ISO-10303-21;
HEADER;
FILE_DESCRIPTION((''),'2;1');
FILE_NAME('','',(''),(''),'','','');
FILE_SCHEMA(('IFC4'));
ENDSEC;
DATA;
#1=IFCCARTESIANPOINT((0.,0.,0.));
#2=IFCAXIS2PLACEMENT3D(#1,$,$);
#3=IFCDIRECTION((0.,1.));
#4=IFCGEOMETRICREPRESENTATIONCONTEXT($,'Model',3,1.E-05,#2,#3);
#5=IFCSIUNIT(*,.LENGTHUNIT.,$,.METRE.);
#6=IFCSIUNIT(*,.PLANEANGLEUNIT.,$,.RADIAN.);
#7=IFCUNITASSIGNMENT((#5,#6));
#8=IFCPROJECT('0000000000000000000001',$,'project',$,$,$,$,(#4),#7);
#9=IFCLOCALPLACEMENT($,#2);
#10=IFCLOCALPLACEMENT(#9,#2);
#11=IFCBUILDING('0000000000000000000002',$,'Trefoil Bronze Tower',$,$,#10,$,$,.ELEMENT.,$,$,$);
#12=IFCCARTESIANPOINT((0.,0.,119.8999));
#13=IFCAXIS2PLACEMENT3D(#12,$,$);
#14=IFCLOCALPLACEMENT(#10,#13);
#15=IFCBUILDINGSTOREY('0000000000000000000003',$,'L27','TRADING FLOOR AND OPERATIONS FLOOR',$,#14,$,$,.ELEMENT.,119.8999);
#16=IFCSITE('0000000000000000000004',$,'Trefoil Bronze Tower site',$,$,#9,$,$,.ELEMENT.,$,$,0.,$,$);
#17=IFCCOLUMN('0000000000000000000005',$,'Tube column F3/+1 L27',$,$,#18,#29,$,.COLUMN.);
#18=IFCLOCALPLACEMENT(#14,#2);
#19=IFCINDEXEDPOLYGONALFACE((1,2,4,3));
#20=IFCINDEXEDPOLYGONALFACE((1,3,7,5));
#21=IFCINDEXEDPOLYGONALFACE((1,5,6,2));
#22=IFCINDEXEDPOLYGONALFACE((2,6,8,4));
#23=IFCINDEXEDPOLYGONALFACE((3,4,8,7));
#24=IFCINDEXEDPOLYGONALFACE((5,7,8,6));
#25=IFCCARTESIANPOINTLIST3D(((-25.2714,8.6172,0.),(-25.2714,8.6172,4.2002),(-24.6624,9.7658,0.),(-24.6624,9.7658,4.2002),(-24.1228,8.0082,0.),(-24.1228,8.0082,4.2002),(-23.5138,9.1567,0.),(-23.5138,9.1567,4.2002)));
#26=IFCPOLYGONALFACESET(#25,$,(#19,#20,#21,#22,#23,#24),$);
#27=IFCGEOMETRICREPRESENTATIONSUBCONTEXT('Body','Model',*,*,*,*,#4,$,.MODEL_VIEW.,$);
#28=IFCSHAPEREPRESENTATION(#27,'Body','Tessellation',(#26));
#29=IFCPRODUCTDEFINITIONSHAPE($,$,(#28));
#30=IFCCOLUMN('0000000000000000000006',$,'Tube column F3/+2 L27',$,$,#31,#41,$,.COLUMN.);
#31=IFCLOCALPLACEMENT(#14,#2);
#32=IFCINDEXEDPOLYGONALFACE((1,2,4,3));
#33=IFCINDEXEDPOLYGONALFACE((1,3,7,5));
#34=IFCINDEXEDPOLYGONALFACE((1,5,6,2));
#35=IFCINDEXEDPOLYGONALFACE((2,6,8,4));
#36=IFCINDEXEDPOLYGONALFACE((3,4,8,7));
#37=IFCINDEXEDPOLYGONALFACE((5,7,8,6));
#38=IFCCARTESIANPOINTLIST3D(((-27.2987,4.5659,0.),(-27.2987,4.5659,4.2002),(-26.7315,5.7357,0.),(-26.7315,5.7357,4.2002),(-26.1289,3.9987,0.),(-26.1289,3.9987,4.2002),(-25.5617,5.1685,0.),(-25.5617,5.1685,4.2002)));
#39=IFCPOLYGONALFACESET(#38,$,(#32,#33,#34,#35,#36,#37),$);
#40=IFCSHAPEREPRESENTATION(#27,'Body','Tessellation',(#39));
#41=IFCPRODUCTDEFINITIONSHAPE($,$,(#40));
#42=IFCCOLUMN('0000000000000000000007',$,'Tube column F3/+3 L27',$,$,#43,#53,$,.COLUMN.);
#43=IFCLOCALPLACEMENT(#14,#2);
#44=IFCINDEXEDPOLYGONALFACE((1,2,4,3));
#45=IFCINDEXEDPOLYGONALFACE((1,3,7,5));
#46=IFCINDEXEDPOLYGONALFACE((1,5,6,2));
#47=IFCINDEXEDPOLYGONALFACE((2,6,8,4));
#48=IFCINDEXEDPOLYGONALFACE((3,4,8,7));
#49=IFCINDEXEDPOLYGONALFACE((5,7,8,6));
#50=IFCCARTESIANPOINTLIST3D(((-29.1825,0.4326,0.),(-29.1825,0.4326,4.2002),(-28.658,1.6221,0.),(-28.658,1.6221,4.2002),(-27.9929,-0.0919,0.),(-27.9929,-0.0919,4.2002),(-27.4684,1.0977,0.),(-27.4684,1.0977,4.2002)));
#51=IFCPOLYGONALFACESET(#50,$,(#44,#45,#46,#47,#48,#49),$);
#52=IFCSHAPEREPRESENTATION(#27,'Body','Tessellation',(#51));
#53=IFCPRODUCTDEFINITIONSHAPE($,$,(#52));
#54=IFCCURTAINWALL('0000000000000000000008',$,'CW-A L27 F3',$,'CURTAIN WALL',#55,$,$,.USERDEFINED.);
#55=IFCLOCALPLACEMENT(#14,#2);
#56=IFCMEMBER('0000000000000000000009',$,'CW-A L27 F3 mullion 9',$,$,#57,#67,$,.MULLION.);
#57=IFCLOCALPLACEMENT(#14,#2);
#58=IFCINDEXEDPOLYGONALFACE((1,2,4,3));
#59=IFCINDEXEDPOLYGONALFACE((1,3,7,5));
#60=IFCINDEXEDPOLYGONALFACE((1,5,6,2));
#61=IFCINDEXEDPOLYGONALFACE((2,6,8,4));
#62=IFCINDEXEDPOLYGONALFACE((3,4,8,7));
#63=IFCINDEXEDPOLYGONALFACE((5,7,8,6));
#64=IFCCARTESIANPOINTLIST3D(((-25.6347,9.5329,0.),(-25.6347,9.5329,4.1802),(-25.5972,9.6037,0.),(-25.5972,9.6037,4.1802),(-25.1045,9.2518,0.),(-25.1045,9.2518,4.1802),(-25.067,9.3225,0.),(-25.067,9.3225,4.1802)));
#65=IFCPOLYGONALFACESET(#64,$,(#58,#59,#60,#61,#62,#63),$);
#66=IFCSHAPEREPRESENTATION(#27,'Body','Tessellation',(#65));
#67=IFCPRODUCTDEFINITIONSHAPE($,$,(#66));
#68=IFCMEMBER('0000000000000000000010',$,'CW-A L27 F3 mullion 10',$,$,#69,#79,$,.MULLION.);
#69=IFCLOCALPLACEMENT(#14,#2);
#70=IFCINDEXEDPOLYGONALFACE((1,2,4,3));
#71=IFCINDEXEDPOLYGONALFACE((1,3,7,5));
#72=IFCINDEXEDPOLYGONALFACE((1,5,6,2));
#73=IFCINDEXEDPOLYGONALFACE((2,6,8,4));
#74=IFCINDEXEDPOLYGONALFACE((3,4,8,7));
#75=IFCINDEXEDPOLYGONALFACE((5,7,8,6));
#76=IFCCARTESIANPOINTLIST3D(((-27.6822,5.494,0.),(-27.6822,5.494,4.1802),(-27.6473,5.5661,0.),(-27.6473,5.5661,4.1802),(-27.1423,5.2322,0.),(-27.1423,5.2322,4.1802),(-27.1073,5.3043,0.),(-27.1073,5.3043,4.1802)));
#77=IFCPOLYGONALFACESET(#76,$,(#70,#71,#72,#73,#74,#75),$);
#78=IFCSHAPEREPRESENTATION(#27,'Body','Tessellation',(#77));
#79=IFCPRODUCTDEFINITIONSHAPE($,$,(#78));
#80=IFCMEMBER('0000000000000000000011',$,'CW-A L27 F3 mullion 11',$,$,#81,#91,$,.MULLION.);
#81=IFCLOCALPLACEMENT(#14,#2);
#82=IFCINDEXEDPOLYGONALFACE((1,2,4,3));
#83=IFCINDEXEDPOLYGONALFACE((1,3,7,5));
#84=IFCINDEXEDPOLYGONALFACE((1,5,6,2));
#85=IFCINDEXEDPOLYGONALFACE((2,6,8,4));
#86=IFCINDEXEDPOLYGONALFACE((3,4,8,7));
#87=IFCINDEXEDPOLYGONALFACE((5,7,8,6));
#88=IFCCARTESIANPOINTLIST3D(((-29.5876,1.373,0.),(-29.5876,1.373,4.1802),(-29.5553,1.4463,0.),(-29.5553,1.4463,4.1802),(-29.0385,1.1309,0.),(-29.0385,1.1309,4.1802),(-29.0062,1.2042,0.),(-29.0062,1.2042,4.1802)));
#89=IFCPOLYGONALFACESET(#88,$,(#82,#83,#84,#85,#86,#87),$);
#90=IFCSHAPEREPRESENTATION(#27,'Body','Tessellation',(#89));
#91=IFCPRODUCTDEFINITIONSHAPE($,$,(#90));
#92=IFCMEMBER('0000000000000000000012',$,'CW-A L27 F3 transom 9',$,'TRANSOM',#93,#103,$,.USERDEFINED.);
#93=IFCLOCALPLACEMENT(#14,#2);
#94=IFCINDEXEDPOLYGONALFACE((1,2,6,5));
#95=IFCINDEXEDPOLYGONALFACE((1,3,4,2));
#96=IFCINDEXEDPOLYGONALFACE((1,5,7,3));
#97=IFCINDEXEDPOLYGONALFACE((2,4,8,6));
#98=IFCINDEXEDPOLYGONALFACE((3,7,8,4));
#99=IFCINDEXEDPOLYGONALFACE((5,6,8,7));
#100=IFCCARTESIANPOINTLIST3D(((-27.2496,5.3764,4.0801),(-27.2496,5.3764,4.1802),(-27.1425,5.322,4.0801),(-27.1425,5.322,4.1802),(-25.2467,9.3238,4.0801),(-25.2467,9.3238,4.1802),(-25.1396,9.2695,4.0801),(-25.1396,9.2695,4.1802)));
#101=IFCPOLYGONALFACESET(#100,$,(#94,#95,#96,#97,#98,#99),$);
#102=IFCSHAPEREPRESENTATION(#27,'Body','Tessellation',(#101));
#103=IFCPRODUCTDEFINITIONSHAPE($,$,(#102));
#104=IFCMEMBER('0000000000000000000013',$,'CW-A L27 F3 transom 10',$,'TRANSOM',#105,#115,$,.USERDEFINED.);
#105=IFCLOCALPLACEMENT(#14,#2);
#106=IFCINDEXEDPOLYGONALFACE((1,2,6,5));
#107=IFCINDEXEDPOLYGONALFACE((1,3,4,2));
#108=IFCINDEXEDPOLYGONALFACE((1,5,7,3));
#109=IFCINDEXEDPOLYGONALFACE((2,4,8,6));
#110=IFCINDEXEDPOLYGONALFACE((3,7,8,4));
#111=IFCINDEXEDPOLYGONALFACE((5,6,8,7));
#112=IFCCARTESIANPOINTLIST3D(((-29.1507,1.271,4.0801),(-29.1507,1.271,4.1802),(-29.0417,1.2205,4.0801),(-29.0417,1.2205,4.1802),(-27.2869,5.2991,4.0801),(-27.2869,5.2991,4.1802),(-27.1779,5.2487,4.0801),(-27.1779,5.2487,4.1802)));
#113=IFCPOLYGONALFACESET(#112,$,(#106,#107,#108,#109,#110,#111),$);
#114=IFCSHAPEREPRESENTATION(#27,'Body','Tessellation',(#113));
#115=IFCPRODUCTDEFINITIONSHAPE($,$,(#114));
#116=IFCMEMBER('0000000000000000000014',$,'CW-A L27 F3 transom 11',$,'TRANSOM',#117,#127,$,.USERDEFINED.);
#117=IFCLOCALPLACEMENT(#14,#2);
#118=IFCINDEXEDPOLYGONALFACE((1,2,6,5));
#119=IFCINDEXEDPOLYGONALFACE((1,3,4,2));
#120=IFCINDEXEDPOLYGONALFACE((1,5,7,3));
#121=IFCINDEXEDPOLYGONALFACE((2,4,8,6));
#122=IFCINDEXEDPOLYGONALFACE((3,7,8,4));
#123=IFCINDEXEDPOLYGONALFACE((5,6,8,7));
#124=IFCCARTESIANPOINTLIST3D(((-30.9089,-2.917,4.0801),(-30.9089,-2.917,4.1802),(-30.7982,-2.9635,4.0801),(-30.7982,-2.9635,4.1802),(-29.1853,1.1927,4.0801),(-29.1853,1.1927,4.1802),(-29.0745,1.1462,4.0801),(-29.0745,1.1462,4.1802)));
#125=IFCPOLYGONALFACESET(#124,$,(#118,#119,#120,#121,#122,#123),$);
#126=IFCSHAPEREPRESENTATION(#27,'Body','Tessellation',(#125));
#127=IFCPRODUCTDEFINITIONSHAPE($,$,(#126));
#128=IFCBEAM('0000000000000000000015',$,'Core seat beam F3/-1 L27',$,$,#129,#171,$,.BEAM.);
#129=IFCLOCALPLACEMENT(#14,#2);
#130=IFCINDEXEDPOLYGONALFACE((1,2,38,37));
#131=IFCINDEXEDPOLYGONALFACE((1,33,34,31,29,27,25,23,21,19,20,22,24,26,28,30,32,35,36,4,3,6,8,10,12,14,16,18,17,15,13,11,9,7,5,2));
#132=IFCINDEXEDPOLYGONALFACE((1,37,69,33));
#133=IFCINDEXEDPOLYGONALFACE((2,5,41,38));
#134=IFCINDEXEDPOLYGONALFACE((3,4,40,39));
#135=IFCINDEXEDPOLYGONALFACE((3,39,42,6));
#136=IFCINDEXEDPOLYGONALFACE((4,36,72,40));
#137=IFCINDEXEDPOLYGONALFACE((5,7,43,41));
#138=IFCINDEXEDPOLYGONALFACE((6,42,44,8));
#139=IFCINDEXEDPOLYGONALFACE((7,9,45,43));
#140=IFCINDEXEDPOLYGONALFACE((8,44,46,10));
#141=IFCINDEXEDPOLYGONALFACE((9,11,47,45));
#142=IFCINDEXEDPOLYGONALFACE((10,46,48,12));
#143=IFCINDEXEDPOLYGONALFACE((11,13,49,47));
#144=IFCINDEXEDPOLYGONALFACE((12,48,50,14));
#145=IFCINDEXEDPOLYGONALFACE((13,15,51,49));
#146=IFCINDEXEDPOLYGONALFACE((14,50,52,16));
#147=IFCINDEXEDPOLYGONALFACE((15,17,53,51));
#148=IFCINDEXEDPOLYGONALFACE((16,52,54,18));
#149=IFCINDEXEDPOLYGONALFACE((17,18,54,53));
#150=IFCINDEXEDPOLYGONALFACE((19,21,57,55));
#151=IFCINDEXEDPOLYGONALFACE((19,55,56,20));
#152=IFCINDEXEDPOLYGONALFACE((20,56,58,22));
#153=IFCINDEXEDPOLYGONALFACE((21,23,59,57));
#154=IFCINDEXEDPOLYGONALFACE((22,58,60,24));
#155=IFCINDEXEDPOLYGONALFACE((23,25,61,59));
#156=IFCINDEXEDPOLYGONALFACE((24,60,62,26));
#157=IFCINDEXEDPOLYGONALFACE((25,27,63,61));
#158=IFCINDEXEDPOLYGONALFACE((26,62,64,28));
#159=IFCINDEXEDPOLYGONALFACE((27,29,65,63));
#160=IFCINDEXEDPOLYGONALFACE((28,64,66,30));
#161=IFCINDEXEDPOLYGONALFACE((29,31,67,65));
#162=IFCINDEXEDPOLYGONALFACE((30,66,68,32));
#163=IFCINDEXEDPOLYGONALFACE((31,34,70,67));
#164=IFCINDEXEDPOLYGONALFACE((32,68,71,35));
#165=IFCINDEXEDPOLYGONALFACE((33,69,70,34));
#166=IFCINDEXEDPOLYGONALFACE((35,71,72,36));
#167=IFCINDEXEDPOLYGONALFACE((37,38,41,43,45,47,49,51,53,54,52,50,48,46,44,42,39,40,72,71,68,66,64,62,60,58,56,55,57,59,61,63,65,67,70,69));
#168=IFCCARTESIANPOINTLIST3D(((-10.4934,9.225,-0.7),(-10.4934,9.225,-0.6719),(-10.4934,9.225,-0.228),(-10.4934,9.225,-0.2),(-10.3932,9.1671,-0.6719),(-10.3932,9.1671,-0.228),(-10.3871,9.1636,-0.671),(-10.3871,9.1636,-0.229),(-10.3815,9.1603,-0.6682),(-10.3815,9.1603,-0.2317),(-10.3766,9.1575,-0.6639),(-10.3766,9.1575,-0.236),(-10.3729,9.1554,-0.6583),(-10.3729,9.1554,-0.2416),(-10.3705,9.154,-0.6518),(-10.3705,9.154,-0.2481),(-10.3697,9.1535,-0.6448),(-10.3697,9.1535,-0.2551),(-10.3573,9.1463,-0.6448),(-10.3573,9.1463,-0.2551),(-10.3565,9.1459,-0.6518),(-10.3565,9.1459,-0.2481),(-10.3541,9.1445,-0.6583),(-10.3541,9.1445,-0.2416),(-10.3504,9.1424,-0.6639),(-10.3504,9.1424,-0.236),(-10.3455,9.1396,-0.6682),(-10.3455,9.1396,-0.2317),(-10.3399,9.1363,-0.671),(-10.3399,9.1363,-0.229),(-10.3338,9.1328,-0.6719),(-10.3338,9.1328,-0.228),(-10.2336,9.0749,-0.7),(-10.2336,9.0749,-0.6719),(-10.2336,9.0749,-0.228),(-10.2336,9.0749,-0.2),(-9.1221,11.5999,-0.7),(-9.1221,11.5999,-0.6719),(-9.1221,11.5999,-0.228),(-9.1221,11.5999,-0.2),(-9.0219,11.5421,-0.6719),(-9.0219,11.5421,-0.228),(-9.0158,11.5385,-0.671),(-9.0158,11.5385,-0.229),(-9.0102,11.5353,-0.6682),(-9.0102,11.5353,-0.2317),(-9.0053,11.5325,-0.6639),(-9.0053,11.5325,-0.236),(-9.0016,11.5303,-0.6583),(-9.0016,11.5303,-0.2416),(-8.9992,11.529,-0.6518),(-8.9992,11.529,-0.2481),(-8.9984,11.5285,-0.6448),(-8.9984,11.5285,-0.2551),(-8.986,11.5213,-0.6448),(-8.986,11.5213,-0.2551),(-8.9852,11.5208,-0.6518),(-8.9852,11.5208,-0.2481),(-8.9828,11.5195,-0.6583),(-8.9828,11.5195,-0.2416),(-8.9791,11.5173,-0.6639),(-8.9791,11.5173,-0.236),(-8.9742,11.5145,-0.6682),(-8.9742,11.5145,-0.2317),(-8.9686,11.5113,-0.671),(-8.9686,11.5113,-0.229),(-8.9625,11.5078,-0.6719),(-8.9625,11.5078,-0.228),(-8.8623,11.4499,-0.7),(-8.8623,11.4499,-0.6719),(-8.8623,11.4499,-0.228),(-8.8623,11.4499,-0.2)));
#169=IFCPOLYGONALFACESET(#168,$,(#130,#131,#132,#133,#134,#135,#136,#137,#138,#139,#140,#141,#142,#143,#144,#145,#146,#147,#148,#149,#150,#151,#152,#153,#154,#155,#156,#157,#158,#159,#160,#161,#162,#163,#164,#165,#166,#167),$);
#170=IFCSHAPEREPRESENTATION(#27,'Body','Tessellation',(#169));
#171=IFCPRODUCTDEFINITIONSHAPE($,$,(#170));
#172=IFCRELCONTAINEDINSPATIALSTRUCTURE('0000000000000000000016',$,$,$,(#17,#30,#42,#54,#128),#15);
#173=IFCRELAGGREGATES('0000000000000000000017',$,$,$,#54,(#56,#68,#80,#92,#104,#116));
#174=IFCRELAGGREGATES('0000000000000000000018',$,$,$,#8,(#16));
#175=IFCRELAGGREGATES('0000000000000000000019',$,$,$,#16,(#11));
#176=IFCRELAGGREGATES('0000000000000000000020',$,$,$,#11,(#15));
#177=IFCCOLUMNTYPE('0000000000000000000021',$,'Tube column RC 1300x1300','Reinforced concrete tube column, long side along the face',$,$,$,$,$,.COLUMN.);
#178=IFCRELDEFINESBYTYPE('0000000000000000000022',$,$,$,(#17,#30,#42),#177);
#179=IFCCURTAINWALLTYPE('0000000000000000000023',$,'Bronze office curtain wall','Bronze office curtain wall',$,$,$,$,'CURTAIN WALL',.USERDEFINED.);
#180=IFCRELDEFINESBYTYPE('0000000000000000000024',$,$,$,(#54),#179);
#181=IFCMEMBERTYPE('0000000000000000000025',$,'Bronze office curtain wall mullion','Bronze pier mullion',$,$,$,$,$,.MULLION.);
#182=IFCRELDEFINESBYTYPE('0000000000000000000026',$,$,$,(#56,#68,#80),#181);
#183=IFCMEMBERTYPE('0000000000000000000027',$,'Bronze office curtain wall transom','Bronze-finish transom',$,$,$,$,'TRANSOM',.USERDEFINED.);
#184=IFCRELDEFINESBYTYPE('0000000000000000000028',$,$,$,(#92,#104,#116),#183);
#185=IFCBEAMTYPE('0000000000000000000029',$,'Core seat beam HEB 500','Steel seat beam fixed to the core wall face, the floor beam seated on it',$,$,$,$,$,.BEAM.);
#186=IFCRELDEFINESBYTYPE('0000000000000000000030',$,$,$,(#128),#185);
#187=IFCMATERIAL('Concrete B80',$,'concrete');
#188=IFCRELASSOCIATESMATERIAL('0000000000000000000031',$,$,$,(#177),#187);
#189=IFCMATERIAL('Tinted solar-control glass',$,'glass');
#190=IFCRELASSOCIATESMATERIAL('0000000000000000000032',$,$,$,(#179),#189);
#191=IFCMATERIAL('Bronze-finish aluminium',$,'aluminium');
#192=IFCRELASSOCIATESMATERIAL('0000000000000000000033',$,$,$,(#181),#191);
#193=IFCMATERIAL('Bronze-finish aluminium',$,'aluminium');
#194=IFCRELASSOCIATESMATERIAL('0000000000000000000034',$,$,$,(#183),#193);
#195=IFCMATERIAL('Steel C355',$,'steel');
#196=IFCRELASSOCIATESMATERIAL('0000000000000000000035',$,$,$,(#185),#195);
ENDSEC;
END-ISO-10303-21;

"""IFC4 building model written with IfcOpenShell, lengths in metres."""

from ifc_helpers import new_model, si_unit, direction, frame, origin, origin_2d, place, context, subcontext, project, spatial, rectangle, i_section, extrude, material, material_profile, profile_set, type_object, element, aggregate, save


model = new_model("IFC4")

# Units and contexts
model_context = context("Model", 3, precision=1e-05, world=origin(), true_north=direction((0.0, 1.0)))
body_context = subcontext(model_context, "Body", "Model", "MODEL_VIEW")
ifc_project = project(units=[si_unit("LENGTHUNIT", "METRE"), si_unit("PLANEANGLEUNIT", "RADIAN")], contexts=[model_context])

# Site, building, storey
site_placement = place(None, origin())
site = spatial("IfcSite", under=ifc_project, at=site_placement, Name="Trefoil Bronze Tower site", CompositionType="ELEMENT", RefElevation=0.0)
building_placement = place(site_placement, origin())
building = spatial("IfcBuilding", under=site, at=building_placement, Name="Trefoil Bronze Tower", CompositionType="ELEMENT")
storey_placement = place(building_placement, frame((0.0, 0.0, 119.8999)))
storey = spatial("IfcBuildingStorey", under=building, at=storey_placement, Name="L27", Description="TRADING FLOOR AND OPERATIONS FLOOR", CompositionType="ELEMENT", Elevation=119.8999)

# Columns
ifc_material_1 = material(Name="Concrete B80", Category="concrete")
ifc_material_profile_1 = material_profile(ifc_material_1, rectangle(XDim=1.3, YDim=1.3, at=origin_2d()), Name="RC 1300x1300")
ifc_profile_set_1 = profile_set([ifc_material_profile_1], Name="Concrete B80")
column_type = type_object("IfcColumnType", Name="Tube column RC 1300x1300", Description="Reinforced concrete tube column, long side along the face", PredefinedType="COLUMN", material=ifc_profile_set_1)
for number, where, z_axis, x_axis, name in (
    (1, (-24.3926, 8.887, 0.0), (0.0, 0.0, 1.0), (-0.468457, -0.883486, 0.0), "Tube column F3/+1 L27"),
    (2, (-26.4302, 4.8672, 0.0), (0.0, 0.0, 1.0), (-0.436262, -0.89982, 0.0), "Tube column F3/+2 L27"),
    (3, (-28.3254, 0.7651, 0.0), (0.0, 0.0, 1.0), (-0.403412, -0.915018, 0.0), "Tube column F3/+3 L27"),
):
    element("IfcColumn", number, at=place(storey_placement, frame(where, z_axis=z_axis, x_axis=x_axis)), inside=storey, type_object=column_type, Name=name, PredefinedType="COLUMN", context=body_context, shape_type="SweptSolid", body=[
        extrude(rectangle(XDim=1.3, YDim=1.3, at=origin_2d()), origin(), (0.0, 0.0, 1.0), 4.2002),
    ])

# Curtain wall, members
ifc_material_2 = material(Name="Tinted solar-control glass", Category="glass")
curtain_wall_type = type_object("IfcCurtainWallType", Name="Bronze office curtain wall", Description="Bronze office curtain wall", ElementType="CURTAIN WALL", PredefinedType="USERDEFINED", material=ifc_material_2)
curtain_wall_placement = place(storey_placement, origin())
curtain_wall = element("IfcCurtainWall", 4, at=curtain_wall_placement, inside=storey, type_object=curtain_wall_type, Name="CW-A L27 F3", ObjectType="CURTAIN WALL", PredefinedType="USERDEFINED")
ifc_material_3 = material(Name="Bronze-finish aluminium", Category="aluminium")
ifc_material_profile_2 = material_profile(ifc_material_3, rectangle(XDim=0.6001, YDim=0.0801, at=origin_2d()), Name="CW-A mullion")
ifc_profile_set_2 = profile_set([ifc_material_profile_2], Name="Bronze-finish aluminium")
member_type_1 = type_object("IfcMemberType", Name="Bronze office curtain wall mullion", Description="Bronze pier mullion", PredefinedType="MULLION", material=ifc_profile_set_2)
member_1_placement = place(storey_placement, frame((-25.3508, 9.4277, 0.0), z_axis=(0.0, 0.0, 1.0), x_axis=(0.883486, -0.468457, 0.0)))
member_1 = element("IfcMember", 5, at=member_1_placement, type_object=member_type_1, Name="CW-A L27 F3 mullion 9", PredefinedType="MULLION", context=body_context, shape_type="SweptSolid", body=[
    extrude(rectangle(XDim=0.6001, YDim=0.0801, at=origin_2d()), origin(), (0.0, 0.0, 1.0), 4.1802),
])
member_2_placement = place(storey_placement, frame((-27.3948, 5.3992, 0.0), z_axis=(0.0, 0.0, 1.0), x_axis=(0.89982, -0.436262, 0.0)))
member_2 = element("IfcMember", 6, at=member_2_placement, type_object=member_type_1, Name="CW-A L27 F3 mullion 10", PredefinedType="MULLION", context=body_context, shape_type="SweptSolid", body=[
    extrude(rectangle(XDim=0.6001, YDim=0.0801, at=origin_2d()), origin(), (0.0, 0.0, 1.0), 4.1802),
])
member_3_placement = place(storey_placement, frame((-29.2969, 1.2886, 0.0), z_axis=(0.0, 0.0, 1.0), x_axis=(0.915018, -0.403412, 0.0)))
member_3 = element("IfcMember", 7, at=member_3_placement, type_object=member_type_1, Name="CW-A L27 F3 mullion 11", PredefinedType="MULLION", context=body_context, shape_type="SweptSolid", body=[
    extrude(rectangle(XDim=0.6001, YDim=0.0801, at=origin_2d()), origin(), (0.0, 0.0, 1.0), 4.1802),
])
ifc_material_4 = material(Name="Bronze-finish aluminium", Category="aluminium")
ifc_material_profile_3 = material_profile(ifc_material_4, rectangle(XDim=0.1201, YDim=0.1001, at=origin_2d()), Name="CW-A transom")
ifc_profile_set_3 = profile_set([ifc_material_profile_3], Name="Bronze-finish aluminium")
member_type_2 = type_object("IfcMemberType", Name="Bronze office curtain wall transom", Description="Bronze-finish transom", ElementType="TRANSOM", PredefinedType="USERDEFINED", material=ifc_profile_set_3)
member_4_placement = place(storey_placement, frame((-25.1931, 9.2966, 4.1301), z_axis=(-0.452478, -0.891775, 0.0), x_axis=(0.891775, -0.452478, 0.0)))
member_4 = element("IfcMember", 8, at=member_4_placement, type_object=member_type_2, Name="CW-A L27 F3 transom 9", ObjectType="TRANSOM", PredefinedType="USERDEFINED", context=body_context, shape_type="SweptSolid", body=[
    extrude(rectangle(XDim=0.1201, YDim=0.1001, at=origin_2d()), origin(), (0.0, 0.0, 1.0), 4.4265),
])
member_5_placement = place(storey_placement, frame((-27.2324, 5.2739, 4.1301), z_axis=(-0.419923, -0.90756, 0.0), x_axis=(0.90756, -0.419923, 0.0)))
member_5 = element("IfcMember", 9, at=member_5_placement, type_object=member_type_2, Name="CW-A L27 F3 transom 10", ObjectType="TRANSOM", PredefinedType="USERDEFINED", context=body_context, shape_type="SweptSolid", body=[
    extrude(rectangle(XDim=0.1201, YDim=0.1001, at=origin_2d()), origin(), (0.0, 0.0, 1.0), 4.4385),
])
member_6_placement = place(storey_placement, frame((-29.1299, 1.1694, 4.1301), z_axis=(-0.386773, -0.922175, 0.0), x_axis=(0.922175, -0.386773, 0.0)))
member_6 = element("IfcMember", 10, at=member_6_placement, type_object=member_type_2, Name="CW-A L27 F3 transom 11", ObjectType="TRANSOM", PredefinedType="USERDEFINED", context=body_context, shape_type="SweptSolid", body=[
    extrude(rectangle(XDim=0.1201, YDim=0.1001, at=origin_2d()), origin(), (0.0, 0.0, 1.0), 4.4565),
])

# Beam
ifc_material_5 = material(Name="Steel C355", Category="steel")
ifc_material_profile_4 = material_profile(ifc_material_5, i_section(OverallWidth=0.3, OverallDepth=0.5, WebThickness=0.0144, FlangeThickness=0.0281, FilletRadius=0.0271, at=origin_2d()), Name="HEB 500")
ifc_profile_set_4 = profile_set([ifc_material_profile_4], Name="Steel C355")
beam_type_1 = type_object("IfcBeamType", Name="Core seat beam HEB 500", Description="Steel seat beam fixed to the core wall face, the floor beam seated on it", PredefinedType="BEAM", material=ifc_profile_set_4)
for number, where, z_axis, x_axis, name in (
    (11, (-8.9922, 11.5249, -0.45), (-0.500036, -0.866005, 0.0), (0.866005, -0.500036, 0.0), "Core seat beam F3/-1 L27"),
):
    element("IfcBeam", number, at=place(storey_placement, frame(where, z_axis=z_axis, x_axis=x_axis)), inside=storey, type_object=beam_type_1, Name=name, PredefinedType="BEAM", context=body_context, shape_type="SweptSolid", body=[
        extrude(i_section(OverallWidth=0.3, OverallDepth=0.5, WebThickness=0.0144, FlangeThickness=0.0281, FilletRadius=0.0271, at=origin_2d()), origin(), (0.0, 0.0, 1.0), 2.7424),
    ])

aggregate(curtain_wall, [member_1, member_2, member_3, member_4, member_5, member_6])

save(model, "model.ifc")
